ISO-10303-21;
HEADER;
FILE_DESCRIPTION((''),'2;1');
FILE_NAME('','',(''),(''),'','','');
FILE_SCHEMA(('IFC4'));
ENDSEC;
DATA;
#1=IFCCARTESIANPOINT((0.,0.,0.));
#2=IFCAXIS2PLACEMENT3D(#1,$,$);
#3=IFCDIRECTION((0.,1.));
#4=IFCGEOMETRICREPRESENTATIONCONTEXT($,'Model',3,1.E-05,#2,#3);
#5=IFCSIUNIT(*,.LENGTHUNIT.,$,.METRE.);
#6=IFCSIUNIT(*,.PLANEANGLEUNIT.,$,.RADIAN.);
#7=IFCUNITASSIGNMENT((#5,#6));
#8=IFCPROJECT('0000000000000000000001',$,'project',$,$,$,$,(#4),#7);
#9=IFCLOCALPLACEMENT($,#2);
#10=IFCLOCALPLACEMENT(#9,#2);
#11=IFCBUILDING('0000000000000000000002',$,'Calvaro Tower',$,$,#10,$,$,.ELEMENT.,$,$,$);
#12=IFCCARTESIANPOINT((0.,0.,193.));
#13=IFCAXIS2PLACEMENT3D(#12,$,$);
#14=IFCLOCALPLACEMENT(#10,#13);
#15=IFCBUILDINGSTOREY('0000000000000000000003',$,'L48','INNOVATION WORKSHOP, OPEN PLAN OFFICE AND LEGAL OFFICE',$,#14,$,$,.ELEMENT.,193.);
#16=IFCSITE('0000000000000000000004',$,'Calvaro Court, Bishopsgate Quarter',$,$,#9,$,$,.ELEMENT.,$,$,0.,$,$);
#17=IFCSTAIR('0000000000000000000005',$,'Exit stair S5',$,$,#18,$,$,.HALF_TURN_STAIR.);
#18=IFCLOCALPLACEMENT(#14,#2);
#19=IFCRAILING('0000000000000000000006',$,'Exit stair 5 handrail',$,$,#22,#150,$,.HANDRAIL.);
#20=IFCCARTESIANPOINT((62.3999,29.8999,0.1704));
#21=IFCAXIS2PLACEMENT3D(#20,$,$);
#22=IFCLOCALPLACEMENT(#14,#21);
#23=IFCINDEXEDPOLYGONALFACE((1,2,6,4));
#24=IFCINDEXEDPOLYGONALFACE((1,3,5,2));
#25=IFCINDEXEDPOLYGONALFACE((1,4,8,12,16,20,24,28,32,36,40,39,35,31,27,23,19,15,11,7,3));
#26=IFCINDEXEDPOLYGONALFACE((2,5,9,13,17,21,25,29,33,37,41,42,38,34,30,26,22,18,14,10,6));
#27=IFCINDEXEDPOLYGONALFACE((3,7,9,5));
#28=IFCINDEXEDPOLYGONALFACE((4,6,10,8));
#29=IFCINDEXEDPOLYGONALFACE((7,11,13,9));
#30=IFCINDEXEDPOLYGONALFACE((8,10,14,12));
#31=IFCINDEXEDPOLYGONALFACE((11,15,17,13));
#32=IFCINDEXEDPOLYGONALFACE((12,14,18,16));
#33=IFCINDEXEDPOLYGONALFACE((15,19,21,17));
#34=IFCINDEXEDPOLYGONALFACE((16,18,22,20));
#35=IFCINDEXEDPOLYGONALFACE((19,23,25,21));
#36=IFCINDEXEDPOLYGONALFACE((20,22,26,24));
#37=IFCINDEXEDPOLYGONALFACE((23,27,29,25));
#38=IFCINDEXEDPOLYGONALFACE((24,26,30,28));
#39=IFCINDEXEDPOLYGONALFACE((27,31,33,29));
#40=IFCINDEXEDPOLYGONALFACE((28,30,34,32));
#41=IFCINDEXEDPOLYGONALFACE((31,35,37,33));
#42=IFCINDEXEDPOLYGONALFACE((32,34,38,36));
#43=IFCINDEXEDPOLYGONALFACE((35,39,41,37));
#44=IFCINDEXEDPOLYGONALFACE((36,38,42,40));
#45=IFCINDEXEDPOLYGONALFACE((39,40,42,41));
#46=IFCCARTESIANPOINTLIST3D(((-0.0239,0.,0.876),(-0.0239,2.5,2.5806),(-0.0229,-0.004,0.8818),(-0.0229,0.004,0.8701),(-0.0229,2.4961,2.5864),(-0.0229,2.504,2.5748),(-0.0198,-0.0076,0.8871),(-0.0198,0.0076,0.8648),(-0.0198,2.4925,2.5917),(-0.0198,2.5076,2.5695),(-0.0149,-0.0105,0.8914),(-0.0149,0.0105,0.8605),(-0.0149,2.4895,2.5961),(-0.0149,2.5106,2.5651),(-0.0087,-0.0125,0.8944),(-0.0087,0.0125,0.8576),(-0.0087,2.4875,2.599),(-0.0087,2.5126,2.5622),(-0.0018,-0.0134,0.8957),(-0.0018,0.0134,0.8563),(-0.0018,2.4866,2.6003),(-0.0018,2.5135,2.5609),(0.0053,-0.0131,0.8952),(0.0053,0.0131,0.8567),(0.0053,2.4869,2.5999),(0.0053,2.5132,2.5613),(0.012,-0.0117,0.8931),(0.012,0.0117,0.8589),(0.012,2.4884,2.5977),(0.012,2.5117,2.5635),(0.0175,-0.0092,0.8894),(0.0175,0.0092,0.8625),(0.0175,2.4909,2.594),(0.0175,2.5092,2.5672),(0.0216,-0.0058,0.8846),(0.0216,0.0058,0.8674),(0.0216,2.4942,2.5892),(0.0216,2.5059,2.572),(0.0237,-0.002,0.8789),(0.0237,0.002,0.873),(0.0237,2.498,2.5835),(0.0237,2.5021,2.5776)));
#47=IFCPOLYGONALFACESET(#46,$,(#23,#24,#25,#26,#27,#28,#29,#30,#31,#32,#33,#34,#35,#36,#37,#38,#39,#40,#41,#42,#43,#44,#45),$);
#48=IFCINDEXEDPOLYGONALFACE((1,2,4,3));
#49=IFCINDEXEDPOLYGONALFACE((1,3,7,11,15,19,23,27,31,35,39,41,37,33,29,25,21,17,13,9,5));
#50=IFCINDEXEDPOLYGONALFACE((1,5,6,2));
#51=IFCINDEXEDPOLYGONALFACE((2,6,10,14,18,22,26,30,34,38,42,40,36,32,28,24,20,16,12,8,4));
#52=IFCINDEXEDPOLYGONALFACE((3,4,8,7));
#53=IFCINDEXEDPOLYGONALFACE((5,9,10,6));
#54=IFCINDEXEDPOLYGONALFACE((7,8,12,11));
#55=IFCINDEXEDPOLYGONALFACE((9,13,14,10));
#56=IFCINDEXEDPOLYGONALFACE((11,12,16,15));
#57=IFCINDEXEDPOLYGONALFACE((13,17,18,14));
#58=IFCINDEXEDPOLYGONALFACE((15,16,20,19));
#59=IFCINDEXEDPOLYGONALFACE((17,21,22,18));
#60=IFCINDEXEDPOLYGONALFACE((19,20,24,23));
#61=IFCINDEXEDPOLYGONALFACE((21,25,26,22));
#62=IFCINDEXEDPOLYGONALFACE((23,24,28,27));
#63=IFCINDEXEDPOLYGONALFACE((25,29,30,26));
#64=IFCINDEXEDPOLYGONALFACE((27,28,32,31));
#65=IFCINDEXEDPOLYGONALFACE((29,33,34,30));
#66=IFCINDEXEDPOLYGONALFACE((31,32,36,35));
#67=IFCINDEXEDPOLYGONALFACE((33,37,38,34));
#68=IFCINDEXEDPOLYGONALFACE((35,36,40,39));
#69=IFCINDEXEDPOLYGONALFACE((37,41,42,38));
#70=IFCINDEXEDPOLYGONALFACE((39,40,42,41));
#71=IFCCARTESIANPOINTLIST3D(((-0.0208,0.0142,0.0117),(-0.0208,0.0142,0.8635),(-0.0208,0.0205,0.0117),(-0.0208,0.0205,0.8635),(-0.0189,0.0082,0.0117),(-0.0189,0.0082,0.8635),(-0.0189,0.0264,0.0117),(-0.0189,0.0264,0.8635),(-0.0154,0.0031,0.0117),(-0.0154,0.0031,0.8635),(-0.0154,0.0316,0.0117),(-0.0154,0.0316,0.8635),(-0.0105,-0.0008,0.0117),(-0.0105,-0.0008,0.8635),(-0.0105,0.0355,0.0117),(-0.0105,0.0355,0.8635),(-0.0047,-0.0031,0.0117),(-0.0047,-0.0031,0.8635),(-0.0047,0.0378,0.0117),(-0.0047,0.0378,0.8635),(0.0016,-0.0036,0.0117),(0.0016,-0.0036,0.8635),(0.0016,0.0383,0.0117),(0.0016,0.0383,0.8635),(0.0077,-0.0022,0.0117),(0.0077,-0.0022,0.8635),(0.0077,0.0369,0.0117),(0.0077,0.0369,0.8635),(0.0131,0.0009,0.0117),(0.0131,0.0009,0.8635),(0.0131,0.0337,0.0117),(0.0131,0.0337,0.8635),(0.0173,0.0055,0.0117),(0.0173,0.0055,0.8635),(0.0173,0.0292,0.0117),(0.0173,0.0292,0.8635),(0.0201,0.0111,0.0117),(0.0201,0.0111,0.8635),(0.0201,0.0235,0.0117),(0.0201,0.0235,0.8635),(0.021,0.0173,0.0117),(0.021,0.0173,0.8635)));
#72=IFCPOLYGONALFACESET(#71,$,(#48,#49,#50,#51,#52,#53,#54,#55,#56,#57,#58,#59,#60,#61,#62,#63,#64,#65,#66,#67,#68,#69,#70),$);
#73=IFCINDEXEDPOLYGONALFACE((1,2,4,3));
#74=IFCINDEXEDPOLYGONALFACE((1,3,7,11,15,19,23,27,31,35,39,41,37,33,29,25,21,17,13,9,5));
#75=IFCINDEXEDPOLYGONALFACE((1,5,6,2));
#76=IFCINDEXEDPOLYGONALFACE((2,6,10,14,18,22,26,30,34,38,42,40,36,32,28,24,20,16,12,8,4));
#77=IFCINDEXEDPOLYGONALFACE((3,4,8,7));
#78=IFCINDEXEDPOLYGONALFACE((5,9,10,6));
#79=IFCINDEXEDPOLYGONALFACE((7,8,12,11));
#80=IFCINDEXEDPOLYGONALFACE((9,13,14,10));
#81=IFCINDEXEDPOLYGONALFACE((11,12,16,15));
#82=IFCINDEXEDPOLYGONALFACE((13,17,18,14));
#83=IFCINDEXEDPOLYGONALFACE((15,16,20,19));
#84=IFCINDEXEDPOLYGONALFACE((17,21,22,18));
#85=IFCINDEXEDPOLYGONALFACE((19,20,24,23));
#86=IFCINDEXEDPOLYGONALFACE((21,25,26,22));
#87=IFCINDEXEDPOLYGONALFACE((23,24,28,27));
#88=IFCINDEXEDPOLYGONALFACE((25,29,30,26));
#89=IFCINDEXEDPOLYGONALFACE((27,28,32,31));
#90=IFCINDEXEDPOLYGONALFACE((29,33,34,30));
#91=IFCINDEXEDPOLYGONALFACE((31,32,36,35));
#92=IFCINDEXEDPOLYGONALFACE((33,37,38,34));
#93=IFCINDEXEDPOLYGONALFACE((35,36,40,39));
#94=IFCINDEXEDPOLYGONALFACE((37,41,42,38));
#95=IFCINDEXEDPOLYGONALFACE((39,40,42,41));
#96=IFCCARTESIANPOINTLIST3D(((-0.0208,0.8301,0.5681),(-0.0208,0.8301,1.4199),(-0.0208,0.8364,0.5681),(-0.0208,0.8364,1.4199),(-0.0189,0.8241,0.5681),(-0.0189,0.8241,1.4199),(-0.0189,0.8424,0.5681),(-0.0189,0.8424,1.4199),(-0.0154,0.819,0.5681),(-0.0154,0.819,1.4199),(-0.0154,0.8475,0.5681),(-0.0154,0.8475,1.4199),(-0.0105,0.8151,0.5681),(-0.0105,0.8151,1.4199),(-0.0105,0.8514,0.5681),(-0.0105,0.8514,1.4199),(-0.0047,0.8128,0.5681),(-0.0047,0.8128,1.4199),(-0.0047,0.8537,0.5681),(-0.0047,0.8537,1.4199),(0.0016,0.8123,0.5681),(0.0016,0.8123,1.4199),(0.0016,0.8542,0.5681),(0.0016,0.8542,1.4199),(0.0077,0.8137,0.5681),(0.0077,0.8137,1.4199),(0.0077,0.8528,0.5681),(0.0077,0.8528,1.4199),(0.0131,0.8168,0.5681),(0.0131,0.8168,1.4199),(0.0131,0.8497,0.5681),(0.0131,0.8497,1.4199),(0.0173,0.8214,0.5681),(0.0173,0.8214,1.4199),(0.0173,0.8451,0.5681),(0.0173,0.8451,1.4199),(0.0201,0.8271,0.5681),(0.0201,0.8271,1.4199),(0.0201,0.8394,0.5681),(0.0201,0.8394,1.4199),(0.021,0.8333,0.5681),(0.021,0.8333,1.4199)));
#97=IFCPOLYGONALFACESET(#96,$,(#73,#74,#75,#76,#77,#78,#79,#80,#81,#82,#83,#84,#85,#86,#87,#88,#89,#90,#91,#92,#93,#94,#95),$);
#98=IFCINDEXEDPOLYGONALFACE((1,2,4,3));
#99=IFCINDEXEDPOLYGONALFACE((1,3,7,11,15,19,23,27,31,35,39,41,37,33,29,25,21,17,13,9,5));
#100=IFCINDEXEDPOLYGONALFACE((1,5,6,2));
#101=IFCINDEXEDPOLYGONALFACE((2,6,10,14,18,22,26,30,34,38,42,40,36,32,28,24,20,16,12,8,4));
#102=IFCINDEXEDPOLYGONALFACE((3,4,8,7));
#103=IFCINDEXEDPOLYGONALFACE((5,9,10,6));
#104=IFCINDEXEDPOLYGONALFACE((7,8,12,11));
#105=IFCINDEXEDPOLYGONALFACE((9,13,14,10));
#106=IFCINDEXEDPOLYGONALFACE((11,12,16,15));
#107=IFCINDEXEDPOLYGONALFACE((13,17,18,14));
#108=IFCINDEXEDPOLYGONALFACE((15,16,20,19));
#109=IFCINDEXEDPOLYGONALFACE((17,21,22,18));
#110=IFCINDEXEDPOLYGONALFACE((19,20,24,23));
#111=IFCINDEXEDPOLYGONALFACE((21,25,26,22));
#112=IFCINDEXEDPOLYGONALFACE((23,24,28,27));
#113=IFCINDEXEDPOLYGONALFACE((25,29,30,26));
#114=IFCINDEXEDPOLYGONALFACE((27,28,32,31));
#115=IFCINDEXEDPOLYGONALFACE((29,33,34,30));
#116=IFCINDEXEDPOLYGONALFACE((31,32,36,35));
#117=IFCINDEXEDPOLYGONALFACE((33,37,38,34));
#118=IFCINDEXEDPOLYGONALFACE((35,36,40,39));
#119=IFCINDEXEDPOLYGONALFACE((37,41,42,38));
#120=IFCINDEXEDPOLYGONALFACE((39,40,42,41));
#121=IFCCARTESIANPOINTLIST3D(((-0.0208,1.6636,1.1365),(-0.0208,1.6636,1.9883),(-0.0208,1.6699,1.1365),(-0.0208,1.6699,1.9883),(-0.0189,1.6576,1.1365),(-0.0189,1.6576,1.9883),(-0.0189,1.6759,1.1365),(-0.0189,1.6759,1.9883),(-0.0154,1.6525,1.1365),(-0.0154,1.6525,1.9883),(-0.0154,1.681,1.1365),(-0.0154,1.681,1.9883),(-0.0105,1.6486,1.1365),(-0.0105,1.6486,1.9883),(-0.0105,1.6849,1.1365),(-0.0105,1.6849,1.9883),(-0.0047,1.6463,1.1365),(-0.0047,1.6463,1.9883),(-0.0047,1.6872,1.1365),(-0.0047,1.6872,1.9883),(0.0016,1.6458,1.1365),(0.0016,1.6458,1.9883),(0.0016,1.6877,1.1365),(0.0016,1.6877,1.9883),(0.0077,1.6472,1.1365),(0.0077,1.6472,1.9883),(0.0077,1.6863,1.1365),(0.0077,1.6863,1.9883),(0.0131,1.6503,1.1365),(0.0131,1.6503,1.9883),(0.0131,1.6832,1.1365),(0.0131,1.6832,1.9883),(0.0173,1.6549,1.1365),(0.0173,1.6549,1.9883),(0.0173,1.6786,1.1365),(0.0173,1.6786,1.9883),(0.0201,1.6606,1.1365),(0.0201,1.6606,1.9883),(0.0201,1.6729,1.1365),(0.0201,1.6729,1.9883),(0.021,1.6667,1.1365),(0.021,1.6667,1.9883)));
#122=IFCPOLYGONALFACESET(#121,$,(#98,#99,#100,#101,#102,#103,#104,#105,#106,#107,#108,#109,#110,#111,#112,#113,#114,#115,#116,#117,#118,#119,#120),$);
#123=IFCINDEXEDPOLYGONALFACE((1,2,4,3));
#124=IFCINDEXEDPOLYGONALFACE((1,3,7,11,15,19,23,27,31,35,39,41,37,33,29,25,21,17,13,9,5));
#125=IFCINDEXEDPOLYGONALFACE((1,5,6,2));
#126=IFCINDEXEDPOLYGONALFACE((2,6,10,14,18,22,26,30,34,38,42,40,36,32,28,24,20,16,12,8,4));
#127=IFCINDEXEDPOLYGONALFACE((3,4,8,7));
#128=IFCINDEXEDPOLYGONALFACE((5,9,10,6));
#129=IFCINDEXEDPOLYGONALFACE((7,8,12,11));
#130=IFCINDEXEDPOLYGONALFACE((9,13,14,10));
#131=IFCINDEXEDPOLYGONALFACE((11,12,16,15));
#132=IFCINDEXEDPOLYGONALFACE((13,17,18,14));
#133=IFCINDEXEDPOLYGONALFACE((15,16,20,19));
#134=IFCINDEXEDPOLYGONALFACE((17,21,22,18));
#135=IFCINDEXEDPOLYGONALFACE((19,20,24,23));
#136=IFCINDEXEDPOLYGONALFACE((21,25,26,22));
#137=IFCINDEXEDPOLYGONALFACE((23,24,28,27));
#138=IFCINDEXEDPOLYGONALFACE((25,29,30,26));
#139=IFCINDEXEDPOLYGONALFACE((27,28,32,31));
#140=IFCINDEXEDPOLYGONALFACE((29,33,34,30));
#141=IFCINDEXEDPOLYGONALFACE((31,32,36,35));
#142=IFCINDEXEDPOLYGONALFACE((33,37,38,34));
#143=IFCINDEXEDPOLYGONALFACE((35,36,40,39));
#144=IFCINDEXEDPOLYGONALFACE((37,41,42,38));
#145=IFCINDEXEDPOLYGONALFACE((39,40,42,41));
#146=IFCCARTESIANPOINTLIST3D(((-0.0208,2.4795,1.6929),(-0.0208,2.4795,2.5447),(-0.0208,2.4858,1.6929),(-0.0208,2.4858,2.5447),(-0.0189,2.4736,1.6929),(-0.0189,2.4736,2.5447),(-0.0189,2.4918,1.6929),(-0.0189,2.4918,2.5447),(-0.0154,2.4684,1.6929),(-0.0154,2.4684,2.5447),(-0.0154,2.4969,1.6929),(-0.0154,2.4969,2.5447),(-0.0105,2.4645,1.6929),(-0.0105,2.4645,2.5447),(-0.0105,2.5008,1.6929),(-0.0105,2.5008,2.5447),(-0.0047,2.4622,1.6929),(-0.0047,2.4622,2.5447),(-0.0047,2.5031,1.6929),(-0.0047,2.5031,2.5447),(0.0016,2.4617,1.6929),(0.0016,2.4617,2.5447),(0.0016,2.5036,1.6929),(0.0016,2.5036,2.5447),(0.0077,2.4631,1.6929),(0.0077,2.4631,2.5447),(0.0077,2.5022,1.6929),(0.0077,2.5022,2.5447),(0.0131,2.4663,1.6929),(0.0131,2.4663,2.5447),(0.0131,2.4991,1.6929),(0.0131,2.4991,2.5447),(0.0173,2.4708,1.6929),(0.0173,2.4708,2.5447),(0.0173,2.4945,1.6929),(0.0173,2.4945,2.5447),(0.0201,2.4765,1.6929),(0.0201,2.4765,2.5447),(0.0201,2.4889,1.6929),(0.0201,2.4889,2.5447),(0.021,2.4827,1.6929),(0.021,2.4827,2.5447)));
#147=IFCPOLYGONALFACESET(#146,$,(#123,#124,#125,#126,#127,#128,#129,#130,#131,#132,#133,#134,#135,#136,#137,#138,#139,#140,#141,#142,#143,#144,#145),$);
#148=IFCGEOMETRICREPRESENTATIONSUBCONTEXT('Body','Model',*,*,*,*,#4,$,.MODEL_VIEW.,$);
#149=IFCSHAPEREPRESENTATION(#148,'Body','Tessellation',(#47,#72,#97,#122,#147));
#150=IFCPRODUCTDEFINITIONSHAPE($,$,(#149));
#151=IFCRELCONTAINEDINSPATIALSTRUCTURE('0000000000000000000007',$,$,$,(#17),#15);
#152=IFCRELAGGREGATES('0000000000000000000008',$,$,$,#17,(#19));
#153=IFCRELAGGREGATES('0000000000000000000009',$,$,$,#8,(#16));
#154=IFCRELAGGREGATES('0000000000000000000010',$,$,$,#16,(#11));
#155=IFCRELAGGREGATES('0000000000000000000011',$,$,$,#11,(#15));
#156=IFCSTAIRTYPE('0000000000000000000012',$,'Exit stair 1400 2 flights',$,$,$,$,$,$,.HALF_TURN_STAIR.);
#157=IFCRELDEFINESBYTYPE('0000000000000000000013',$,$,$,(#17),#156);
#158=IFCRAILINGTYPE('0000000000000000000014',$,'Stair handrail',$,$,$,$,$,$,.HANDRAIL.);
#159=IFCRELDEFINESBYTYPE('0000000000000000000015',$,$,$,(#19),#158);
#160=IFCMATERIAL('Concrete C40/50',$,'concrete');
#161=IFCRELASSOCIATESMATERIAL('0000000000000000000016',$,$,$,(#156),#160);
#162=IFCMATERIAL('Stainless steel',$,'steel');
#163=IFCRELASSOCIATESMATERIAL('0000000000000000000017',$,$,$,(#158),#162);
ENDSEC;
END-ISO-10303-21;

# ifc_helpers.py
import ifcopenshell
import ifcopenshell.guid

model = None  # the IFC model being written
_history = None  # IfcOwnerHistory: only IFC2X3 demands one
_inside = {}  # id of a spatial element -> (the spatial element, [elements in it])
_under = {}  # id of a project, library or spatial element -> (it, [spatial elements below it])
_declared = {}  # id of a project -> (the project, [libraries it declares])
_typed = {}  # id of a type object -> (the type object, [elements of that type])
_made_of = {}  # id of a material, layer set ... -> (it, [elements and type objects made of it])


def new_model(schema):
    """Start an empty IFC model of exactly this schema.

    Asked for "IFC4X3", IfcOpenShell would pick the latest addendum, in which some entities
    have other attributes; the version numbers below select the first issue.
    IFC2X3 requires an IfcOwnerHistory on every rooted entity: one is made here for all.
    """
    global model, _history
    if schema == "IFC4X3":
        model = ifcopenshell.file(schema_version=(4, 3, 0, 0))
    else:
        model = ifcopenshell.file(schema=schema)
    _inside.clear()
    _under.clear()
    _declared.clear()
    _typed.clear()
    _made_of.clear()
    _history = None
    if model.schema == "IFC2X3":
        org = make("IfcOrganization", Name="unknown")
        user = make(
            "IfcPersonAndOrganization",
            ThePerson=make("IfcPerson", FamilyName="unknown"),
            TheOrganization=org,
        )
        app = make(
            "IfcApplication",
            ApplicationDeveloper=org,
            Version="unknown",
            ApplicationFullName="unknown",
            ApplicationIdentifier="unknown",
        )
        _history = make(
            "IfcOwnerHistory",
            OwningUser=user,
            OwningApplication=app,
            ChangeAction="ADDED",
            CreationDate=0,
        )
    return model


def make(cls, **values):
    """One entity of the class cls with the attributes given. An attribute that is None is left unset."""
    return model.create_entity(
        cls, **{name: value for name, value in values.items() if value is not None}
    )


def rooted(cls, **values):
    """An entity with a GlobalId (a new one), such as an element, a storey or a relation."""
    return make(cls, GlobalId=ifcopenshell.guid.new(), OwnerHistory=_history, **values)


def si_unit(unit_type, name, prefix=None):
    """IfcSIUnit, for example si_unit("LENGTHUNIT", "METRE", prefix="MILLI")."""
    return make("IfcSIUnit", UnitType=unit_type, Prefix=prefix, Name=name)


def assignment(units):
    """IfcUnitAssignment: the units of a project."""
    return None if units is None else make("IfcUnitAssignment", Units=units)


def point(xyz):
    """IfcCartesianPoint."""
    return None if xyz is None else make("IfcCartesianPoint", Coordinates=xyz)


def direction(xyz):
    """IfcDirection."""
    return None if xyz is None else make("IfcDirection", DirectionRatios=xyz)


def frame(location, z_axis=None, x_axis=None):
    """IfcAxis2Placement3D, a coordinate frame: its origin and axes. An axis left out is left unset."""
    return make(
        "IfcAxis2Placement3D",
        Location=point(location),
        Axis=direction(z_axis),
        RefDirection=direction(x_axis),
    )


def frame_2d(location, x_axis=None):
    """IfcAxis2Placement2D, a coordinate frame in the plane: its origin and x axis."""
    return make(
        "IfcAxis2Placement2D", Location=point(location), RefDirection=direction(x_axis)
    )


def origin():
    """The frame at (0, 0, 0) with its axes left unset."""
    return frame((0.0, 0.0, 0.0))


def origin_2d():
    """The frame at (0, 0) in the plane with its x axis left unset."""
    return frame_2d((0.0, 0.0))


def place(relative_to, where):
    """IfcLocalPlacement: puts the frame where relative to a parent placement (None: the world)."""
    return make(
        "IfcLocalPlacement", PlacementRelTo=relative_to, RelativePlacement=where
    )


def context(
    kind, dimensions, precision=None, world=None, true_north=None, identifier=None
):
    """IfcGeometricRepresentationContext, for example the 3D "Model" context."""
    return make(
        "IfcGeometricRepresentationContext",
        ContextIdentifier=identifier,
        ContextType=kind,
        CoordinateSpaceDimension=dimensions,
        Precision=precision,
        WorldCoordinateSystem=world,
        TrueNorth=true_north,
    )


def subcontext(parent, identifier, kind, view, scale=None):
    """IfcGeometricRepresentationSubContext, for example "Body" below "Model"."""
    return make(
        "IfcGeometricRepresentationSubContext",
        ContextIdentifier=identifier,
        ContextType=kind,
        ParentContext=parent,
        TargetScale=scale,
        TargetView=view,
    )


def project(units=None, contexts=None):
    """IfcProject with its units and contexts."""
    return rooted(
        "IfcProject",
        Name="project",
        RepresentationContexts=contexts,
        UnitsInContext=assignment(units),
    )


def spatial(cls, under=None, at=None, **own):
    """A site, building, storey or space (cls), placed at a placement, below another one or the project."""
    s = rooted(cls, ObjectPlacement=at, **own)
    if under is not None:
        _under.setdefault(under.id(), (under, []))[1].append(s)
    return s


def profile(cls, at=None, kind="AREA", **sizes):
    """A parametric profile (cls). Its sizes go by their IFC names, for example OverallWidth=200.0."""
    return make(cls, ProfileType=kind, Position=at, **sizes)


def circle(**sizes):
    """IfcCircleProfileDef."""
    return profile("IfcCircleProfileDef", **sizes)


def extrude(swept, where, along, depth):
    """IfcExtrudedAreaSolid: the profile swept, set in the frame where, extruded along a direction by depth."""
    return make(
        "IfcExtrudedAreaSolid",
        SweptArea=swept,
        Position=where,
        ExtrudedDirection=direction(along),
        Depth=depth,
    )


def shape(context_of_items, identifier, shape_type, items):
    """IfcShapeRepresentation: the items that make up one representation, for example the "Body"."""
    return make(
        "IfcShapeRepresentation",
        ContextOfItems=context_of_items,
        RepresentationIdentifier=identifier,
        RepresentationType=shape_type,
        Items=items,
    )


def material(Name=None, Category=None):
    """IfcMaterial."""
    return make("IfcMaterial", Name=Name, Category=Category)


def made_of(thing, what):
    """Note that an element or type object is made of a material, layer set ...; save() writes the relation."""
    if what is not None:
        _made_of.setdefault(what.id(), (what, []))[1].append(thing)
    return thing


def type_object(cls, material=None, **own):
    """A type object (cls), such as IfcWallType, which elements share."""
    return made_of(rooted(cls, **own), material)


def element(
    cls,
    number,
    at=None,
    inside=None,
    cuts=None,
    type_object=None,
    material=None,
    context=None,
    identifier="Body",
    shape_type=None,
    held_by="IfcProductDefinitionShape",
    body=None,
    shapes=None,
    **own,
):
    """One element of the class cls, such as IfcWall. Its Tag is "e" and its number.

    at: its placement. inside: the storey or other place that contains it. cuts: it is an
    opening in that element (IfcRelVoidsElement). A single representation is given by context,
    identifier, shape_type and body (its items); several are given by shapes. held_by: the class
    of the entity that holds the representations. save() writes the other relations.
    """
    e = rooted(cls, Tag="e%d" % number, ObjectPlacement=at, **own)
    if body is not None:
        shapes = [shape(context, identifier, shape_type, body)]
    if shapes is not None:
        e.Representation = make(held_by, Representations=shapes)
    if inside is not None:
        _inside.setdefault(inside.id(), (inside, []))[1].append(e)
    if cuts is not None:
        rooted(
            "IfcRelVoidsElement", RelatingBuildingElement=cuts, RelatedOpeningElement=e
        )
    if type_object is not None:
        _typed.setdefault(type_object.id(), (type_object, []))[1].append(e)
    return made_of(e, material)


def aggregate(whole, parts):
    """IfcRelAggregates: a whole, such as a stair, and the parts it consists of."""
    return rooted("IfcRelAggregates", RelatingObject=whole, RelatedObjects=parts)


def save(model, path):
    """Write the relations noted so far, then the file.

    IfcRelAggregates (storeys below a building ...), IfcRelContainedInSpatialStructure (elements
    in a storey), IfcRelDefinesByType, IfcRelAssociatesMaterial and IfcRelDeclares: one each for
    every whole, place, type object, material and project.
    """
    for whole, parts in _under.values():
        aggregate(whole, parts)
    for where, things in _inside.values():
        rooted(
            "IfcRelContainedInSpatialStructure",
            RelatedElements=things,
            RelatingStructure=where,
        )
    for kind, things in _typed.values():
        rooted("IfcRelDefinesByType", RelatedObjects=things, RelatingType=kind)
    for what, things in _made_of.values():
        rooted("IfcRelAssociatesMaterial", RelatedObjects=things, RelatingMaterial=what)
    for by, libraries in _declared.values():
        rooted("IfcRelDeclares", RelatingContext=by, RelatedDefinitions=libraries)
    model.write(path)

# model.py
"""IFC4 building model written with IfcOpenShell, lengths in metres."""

from ifc_helpers import new_model, si_unit, direction, frame, origin, origin_2d, place, context, subcontext, project, spatial, circle, extrude, material, type_object, element, aggregate, save


model = new_model("IFC4")

# Units and contexts
model_context = context("Model", 3, precision=1e-05, world=origin(), true_north=direction((0.0, 1.0)))
body_context = subcontext(model_context, "Body", "Model", "MODEL_VIEW")
ifc_project = project(units=[si_unit("LENGTHUNIT", "METRE"), si_unit("PLANEANGLEUNIT", "RADIAN")], contexts=[model_context])

# Site, building, storey
site_placement = place(None, origin())
site = spatial("IfcSite", under=ifc_project, at=site_placement, Name="Calvaro Court, Bishopsgate Quarter", CompositionType="ELEMENT", RefElevation=0.0)
building_placement = place(site_placement, origin())
building = spatial("IfcBuilding", under=site, at=building_placement, Name="Calvaro Tower", CompositionType="ELEMENT")
storey_placement = place(building_placement, frame((0.0, 0.0, 193.0)))
storey = spatial("IfcBuildingStorey", under=building, at=storey_placement, Name="L48", Description="INNOVATION WORKSHOP, OPEN PLAN OFFICE AND LEGAL OFFICE", CompositionType="ELEMENT", Elevation=193.0)

# Stair
ifc_material_1 = material(Name="Concrete C40/50", Category="concrete")
stair_type = type_object("IfcStairType", Name="Exit stair 1400 2 flights", PredefinedType="HALF_TURN_STAIR", material=ifc_material_1)
stair_1_placement = place(storey_placement, origin())
stair_1 = element("IfcStair", 1, at=stair_1_placement, inside=storey, type_object=stair_type, Name="Exit stair S5", PredefinedType="HALF_TURN_STAIR")

# Railing
ifc_material_2 = material(Name="Stainless steel", Category="steel")
railing_type = type_object("IfcRailingType", Name="Stair handrail", PredefinedType="HANDRAIL", material=ifc_material_2)
railing_1_placement = place(storey_placement, frame((62.3999, 29.8999, 0.1704)))
railing_1 = element("IfcRailing", 2, at=railing_1_placement, type_object=railing_type, Name="Exit stair 5 handrail", PredefinedType="HANDRAIL", context=body_context, shape_type="SweptSolid", body=[
    extrude(circle(Radius=0.0239, at=origin_2d()), frame((0.0, 0.0, 0.876), z_axis=(0.0, 0.826221, 0.563347), x_axis=(-1.0, 0.0, 0.0)), (0.0, 0.0, 1.0), 3.0259),
    extrude(circle(Radius=0.021, at=origin_2d()), frame((0.0, 0.0173, 0.0117)), (0.0, 0.0, 1.0), 0.8518),
    extrude(circle(Radius=0.021, at=origin_2d()), frame((0.0, 0.8333, 0.5681)), (0.0, 0.0, 1.0), 0.8518),
    extrude(circle(Radius=0.021, at=origin_2d()), frame((0.0, 1.6667, 1.1365)), (0.0, 0.0, 1.0), 0.8518),
    extrude(circle(Radius=0.021, at=origin_2d()), frame((0.0, 2.4827, 1.6929)), (0.0, 0.0, 1.0), 0.8518),
])
aggregate(stair_1, [railing_1])

save(model, "model.ifc")
